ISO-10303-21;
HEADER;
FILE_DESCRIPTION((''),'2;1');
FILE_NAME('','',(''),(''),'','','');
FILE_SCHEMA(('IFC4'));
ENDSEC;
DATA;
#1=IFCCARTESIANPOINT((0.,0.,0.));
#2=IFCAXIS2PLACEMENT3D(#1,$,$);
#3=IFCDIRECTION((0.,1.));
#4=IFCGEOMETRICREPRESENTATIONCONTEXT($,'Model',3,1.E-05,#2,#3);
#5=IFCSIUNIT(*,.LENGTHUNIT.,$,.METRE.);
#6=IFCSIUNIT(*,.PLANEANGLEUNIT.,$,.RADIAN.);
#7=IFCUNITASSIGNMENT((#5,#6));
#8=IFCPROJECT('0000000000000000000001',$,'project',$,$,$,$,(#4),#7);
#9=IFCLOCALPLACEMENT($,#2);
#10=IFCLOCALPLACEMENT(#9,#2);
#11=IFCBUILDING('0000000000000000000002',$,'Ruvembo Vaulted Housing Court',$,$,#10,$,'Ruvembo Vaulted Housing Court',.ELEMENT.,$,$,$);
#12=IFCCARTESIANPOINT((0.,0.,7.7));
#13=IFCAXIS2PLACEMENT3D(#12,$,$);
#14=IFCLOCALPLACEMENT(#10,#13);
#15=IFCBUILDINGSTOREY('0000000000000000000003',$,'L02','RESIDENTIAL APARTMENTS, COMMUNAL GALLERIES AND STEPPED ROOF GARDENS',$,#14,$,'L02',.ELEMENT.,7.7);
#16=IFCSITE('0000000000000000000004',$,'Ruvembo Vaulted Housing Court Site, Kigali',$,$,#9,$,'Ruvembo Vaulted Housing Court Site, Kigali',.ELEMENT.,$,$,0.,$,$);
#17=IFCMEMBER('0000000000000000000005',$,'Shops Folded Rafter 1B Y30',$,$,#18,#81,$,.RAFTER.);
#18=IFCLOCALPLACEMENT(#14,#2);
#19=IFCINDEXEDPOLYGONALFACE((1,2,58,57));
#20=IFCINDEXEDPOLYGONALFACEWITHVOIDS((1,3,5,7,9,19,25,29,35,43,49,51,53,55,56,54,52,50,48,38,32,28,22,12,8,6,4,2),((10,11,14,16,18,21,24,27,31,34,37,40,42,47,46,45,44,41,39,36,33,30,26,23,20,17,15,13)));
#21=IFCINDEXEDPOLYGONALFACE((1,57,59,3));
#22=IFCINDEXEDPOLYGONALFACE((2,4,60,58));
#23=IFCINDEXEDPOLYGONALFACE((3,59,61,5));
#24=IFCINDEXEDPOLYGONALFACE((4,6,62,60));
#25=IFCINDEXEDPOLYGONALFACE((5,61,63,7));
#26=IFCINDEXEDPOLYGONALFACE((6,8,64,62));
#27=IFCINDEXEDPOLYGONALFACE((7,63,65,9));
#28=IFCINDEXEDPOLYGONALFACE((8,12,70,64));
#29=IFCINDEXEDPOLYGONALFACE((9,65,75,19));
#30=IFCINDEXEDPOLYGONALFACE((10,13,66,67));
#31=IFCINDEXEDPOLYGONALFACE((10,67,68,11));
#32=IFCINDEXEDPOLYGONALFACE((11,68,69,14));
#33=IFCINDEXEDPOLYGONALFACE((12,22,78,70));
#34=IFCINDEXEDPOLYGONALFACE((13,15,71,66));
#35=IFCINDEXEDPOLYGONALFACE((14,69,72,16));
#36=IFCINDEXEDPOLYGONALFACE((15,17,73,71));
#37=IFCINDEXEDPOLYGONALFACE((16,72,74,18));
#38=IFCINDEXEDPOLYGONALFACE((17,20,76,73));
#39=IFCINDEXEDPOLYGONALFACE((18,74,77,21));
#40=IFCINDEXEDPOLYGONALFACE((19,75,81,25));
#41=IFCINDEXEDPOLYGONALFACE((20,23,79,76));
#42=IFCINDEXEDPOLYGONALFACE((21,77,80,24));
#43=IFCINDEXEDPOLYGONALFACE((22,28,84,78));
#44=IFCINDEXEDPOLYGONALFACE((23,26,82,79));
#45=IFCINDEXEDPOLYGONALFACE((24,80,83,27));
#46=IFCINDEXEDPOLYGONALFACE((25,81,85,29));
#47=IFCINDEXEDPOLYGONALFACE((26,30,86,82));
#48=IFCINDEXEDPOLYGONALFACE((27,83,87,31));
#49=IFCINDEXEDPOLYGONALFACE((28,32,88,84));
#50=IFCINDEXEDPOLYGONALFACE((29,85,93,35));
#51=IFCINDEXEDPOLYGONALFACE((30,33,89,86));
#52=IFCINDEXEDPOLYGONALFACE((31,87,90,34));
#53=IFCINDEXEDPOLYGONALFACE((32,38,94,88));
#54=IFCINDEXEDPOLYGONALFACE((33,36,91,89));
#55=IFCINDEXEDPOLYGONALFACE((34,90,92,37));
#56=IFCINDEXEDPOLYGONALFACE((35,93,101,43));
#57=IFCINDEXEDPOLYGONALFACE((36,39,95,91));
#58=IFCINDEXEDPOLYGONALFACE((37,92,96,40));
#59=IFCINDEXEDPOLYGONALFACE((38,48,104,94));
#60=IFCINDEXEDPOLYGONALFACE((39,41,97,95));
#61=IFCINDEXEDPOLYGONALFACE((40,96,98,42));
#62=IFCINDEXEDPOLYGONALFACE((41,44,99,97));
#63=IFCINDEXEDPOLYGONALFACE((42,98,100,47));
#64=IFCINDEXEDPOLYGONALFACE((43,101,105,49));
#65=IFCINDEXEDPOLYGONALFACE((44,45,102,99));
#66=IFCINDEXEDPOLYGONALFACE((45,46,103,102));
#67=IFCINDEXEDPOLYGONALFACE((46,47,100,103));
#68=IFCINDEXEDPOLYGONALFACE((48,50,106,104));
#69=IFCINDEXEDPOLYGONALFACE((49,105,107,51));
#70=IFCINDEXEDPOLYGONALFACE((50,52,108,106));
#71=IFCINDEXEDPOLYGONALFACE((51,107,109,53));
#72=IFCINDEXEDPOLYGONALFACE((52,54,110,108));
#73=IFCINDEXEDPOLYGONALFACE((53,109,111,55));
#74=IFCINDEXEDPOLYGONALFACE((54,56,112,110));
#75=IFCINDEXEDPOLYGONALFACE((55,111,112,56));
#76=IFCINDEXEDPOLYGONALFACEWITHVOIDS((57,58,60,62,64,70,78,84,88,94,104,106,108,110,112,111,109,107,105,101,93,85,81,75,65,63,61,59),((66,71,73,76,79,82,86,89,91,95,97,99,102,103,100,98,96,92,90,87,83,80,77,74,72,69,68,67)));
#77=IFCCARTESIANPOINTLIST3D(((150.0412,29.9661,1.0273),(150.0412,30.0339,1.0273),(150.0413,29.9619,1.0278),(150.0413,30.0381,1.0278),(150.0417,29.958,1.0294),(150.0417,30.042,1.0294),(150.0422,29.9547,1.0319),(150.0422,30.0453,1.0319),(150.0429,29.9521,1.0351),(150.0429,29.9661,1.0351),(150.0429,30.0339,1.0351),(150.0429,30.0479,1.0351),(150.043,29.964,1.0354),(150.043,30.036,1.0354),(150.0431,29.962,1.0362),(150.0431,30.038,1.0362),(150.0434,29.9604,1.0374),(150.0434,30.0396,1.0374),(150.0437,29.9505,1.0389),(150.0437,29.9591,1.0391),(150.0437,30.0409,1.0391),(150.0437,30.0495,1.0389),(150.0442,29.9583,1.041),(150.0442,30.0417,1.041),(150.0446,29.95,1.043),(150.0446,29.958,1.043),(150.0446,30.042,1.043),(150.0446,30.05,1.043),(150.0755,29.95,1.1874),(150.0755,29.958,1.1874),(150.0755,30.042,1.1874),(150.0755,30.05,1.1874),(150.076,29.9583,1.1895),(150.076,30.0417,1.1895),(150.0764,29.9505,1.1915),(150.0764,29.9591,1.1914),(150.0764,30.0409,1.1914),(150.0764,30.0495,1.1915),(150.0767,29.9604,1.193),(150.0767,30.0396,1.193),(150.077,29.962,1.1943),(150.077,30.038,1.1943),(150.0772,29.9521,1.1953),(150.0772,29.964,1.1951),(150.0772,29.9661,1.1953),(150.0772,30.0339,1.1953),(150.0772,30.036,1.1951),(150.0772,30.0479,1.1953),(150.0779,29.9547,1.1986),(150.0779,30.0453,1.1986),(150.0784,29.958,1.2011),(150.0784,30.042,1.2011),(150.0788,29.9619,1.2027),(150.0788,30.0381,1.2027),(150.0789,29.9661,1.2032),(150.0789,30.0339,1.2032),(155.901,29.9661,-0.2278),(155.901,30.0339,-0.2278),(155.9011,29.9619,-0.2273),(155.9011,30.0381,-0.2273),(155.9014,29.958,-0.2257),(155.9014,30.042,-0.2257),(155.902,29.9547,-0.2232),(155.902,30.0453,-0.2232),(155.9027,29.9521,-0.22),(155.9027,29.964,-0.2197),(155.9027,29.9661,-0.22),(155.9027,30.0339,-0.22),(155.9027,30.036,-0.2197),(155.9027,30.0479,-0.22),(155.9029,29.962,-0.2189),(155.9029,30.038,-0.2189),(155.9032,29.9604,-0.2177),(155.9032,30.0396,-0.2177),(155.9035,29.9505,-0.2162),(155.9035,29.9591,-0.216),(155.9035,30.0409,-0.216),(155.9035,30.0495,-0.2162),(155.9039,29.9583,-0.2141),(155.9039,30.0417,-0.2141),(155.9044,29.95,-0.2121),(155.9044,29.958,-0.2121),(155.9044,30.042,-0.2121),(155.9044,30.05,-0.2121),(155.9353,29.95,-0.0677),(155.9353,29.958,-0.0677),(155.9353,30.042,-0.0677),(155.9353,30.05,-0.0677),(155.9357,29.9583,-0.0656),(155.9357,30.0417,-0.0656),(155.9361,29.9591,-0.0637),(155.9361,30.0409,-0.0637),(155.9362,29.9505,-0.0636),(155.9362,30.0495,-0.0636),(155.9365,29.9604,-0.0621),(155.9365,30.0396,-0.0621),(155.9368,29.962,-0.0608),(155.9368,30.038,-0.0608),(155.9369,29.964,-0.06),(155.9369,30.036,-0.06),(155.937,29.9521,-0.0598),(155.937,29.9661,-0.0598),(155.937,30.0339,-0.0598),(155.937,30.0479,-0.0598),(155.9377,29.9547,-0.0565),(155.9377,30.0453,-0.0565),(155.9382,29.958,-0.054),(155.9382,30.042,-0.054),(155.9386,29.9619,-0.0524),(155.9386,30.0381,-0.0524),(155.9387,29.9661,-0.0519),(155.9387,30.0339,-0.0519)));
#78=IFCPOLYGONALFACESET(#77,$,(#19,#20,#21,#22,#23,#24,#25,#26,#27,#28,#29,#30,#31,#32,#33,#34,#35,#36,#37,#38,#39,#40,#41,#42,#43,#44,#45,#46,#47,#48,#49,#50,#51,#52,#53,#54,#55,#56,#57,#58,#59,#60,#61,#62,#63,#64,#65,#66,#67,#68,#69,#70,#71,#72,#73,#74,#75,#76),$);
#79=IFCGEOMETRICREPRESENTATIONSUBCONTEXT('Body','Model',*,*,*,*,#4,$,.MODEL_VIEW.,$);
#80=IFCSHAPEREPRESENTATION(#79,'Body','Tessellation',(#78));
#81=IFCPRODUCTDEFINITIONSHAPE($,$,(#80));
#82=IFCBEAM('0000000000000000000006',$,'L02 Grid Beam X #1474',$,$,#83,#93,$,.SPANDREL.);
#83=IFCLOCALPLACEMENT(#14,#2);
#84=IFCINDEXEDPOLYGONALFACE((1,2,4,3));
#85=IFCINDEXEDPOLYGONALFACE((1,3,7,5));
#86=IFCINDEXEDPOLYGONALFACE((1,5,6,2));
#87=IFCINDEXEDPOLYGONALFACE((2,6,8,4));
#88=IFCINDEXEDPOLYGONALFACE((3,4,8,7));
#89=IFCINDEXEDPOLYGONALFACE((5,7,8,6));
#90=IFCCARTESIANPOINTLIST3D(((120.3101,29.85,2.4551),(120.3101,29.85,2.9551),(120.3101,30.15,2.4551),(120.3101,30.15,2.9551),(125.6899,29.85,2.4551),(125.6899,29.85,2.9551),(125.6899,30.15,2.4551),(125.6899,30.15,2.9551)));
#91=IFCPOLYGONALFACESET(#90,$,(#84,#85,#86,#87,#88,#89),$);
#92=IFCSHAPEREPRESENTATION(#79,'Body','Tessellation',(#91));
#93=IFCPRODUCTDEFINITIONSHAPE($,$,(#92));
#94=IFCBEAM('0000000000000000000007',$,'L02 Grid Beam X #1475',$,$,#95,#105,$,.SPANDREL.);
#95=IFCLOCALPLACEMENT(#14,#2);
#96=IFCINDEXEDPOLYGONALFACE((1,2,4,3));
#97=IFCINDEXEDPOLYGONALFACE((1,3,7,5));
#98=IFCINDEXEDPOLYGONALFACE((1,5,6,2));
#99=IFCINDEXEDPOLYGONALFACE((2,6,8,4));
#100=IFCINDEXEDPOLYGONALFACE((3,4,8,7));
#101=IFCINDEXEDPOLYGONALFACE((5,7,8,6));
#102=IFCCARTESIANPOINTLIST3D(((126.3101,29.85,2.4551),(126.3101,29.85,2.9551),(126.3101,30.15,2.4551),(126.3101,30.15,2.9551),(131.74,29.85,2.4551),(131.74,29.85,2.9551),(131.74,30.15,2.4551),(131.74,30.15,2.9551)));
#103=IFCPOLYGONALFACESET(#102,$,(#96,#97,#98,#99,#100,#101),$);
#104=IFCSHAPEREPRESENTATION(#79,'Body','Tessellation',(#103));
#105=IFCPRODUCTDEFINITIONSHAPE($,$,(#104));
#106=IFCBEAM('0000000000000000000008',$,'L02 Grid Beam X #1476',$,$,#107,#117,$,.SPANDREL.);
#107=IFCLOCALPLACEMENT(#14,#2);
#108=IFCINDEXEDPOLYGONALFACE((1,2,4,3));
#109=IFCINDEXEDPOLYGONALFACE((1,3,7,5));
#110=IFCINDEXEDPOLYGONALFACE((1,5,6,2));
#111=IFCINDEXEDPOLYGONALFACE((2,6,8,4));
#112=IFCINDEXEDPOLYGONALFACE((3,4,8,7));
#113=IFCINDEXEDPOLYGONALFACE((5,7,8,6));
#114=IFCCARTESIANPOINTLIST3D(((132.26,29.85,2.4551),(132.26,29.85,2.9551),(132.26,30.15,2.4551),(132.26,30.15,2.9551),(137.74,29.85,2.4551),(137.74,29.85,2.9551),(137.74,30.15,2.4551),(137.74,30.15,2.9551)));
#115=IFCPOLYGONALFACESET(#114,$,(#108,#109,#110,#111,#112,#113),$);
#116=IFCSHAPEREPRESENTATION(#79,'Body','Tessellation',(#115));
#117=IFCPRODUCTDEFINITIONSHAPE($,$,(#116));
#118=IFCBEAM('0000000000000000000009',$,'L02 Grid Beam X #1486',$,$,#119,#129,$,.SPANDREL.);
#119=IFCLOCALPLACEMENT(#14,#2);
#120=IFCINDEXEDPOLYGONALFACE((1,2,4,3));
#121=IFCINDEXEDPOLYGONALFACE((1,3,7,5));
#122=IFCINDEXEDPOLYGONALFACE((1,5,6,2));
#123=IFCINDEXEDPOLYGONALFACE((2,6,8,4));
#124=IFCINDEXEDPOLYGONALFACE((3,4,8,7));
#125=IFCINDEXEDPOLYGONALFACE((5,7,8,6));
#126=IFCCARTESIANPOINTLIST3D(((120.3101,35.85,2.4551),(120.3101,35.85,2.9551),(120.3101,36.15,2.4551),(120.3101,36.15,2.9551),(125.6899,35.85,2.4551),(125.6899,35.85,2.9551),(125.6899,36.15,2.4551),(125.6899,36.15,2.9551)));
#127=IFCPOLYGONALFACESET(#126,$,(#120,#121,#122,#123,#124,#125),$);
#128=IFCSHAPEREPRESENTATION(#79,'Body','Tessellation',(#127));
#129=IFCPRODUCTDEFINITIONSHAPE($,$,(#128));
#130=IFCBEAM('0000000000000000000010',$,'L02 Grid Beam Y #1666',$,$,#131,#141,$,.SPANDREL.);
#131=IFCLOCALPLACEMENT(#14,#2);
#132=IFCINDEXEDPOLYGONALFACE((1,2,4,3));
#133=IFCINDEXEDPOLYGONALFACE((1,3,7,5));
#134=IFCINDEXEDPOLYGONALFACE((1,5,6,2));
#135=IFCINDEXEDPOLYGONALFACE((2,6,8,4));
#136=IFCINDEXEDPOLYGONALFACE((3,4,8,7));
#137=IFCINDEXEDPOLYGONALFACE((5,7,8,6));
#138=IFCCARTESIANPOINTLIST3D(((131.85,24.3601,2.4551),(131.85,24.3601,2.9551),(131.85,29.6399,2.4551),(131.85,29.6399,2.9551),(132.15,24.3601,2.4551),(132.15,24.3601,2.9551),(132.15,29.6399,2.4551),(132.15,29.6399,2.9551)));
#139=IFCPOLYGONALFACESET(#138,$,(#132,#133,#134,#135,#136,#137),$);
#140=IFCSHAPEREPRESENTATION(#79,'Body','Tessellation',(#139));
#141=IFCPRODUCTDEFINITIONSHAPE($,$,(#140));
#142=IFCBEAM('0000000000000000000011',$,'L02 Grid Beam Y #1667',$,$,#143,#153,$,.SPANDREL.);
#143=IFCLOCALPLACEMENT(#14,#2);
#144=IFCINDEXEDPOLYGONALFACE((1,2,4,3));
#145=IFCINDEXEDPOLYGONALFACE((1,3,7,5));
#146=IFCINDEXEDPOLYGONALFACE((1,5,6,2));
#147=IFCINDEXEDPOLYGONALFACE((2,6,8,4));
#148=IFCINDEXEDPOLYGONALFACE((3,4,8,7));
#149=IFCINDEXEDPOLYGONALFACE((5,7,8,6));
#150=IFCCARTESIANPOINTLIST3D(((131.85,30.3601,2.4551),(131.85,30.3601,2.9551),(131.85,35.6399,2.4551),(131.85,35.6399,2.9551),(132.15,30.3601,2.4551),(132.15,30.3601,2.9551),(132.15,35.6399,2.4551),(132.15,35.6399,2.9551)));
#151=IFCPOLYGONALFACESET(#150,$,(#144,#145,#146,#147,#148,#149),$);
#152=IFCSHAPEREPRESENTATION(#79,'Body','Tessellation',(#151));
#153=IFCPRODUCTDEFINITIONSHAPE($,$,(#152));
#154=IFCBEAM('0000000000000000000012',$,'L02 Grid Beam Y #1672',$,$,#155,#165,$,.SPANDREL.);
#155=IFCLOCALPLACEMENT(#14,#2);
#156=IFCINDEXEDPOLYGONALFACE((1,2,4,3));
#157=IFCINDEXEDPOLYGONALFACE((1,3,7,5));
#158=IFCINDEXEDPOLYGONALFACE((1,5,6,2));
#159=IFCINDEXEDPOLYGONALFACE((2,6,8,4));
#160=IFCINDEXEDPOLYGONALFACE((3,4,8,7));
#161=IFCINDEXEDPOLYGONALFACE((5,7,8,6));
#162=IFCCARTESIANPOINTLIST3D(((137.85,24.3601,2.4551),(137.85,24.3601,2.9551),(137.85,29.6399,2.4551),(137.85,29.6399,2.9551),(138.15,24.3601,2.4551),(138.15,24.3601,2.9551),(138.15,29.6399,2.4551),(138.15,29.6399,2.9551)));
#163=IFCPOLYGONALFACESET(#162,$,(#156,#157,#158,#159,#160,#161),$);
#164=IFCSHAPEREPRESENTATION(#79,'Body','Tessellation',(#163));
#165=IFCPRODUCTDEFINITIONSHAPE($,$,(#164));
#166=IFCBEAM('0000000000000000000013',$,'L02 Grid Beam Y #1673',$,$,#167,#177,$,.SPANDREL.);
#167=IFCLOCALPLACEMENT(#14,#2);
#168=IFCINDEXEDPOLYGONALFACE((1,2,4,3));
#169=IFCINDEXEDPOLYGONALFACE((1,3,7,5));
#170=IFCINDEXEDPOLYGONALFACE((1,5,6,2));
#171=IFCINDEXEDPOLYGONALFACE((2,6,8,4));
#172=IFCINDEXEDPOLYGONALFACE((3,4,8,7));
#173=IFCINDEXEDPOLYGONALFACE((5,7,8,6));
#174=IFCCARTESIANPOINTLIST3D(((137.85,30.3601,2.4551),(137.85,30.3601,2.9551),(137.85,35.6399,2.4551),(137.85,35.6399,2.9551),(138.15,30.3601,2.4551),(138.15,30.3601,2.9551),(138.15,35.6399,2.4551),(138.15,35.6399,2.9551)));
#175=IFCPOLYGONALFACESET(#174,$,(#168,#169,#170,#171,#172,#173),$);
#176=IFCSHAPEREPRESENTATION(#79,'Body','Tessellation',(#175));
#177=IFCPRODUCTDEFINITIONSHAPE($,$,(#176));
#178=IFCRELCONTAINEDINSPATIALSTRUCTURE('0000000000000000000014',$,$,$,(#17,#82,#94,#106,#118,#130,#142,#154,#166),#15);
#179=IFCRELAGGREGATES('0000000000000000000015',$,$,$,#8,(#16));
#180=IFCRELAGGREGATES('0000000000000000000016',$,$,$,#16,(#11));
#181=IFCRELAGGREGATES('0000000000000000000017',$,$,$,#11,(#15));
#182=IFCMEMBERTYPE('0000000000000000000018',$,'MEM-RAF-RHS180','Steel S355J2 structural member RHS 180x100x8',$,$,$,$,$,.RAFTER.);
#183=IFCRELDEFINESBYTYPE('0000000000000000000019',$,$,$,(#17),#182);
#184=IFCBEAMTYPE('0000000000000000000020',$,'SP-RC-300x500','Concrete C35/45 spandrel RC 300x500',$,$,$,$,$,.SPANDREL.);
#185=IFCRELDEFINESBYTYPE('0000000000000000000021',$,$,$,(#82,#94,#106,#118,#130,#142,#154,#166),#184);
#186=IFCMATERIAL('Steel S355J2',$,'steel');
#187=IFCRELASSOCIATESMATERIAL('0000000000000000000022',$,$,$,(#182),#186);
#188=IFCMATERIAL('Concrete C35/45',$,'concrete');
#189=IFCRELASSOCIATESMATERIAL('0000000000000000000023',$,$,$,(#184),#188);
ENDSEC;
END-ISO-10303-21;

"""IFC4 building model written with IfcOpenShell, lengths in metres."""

from ifc_helpers import new_model, si_unit, direction, frame, origin, origin_2d, place, context, subcontext, project, spatial, rectangle, hollow_rectangle, extrude, material, material_profile, profile_set, type_object, element, save


model = new_model("IFC4")

# Units and contexts
model_context = context("Model", 3, precision=1e-05, world=origin(), true_north=direction((0.0, 1.0)))
body_context = subcontext(model_context, "Body", "Model", "MODEL_VIEW")
ifc_project = project(units=[si_unit("LENGTHUNIT", "METRE"), si_unit("PLANEANGLEUNIT", "RADIAN")], contexts=[model_context])

# Site, building, storey
site_placement = place(None, origin())
site = spatial("IfcSite", under=ifc_project, at=site_placement, Name="Ruvembo Vaulted Housing Court Site, Kigali", LongName="Ruvembo Vaulted Housing Court Site, Kigali", CompositionType="ELEMENT", RefElevation=0.0)
building_placement = place(site_placement, origin())
building = spatial("IfcBuilding", under=site, at=building_placement, Name="Ruvembo Vaulted Housing Court", LongName="Ruvembo Vaulted Housing Court", CompositionType="ELEMENT")
storey_placement = place(building_placement, frame((0.0, 0.0, 7.7)))
storey = spatial("IfcBuildingStorey", under=building, at=storey_placement, Name="L02", Description="RESIDENTIAL APARTMENTS, COMMUNAL GALLERIES AND STEPPED ROOF GARDENS", LongName="L02", CompositionType="ELEMENT", Elevation=7.7)

# Shared definitions
ifc_material_1 = material(Name="Concrete C35/45", Category="concrete")

# Member
ifc_material_2 = material(Name="Steel S355J2", Category="steel")
ifc_material_profile_1 = material_profile(ifc_material_2, hollow_rectangle(XDim=0.1001, YDim=0.1799, WallThickness=0.0081, InnerFilletRadius=0.0081, OuterFilletRadius=0.0161, at=origin_2d()), Name="RHS 180x100x8")
ifc_profile_set_1 = profile_set([ifc_material_profile_1], Name="Steel S355J2")
member_type = type_object("IfcMemberType", Name="MEM-RAF-RHS180", Description="Steel S355J2 structural member RHS 180x100x8", PredefinedType="RAFTER", material=ifc_profile_set_1)
for number, where, z_axis, x_axis, name in (
    (1, (150.0601, 30.0, 1.1152), (0.977821, 0.0, -0.20944), (0.0, 1.0, 0.0), "Shops Folded Rafter 1B Y30"),
):
    element("IfcMember", number, at=place(storey_placement, frame(where, z_axis=z_axis, x_axis=x_axis)), inside=storey, type_object=member_type, Name=name, PredefinedType="RAFTER", context=body_context, shape_type="SweptSolid", body=[
        extrude(hollow_rectangle(XDim=0.1001, YDim=0.1799, WallThickness=0.0081, InnerFilletRadius=0.0081, OuterFilletRadius=0.0161, at=origin_2d()), origin(), (0.0, 0.0, 1.0), 5.9927),
    ])

# Beams
ifc_material_profile_2 = material_profile(ifc_material_1, rectangle(XDim=0.3, YDim=0.5, at=origin_2d()), Name="RC 300x500")
ifc_profile_set_2 = profile_set([ifc_material_profile_2], Name="Concrete C35/45")
beam_type_1 = type_object("IfcBeamType", Name="SP-RC-300x500", Description="Concrete C35/45 spandrel RC 300x500", PredefinedType="SPANDREL", material=ifc_profile_set_2)
beam_1_placement = place(storey_placement, frame((120.3101, 30.0, 2.7051), z_axis=(1.0, 0.0, 0.0), x_axis=(0.0, 1.0, 0.0)))
element("IfcBeam", 2, at=beam_1_placement, inside=storey, type_object=beam_type_1, Name="L02 Grid Beam X #1474", PredefinedType="SPANDREL", context=body_context, shape_type="SweptSolid", body=[
    extrude(rectangle(XDim=0.3, YDim=0.5, at=origin_2d()), origin(), (0.0, 0.0, 1.0), 5.3799),
])
beam_2_placement = place(storey_placement, frame((126.3101, 30.0, 2.7051), z_axis=(1.0, 0.0, 0.0), x_axis=(0.0, 1.0, 0.0)))
element("IfcBeam", 3, at=beam_2_placement, inside=storey, type_object=beam_type_1, Name="L02 Grid Beam X #1475", PredefinedType="SPANDREL", context=body_context, shape_type="SweptSolid", body=[
    extrude(rectangle(XDim=0.3, YDim=0.5, at=origin_2d()), origin(), (0.0, 0.0, 1.0), 5.4299),
])
beam_3_placement = place(storey_placement, frame((132.26, 30.0, 2.7051), z_axis=(1.0, 0.0, 0.0), x_axis=(0.0, 1.0, 0.0)))
element("IfcBeam", 4, at=beam_3_placement, inside=storey, type_object=beam_type_1, Name="L02 Grid Beam X #1476", PredefinedType="SPANDREL", context=body_context, shape_type="SweptSolid", body=[
    extrude(rectangle(XDim=0.3, YDim=0.5, at=origin_2d()), origin(), (0.0, 0.0, 1.0), 5.48),
])
beam_4_placement = place(storey_placement, frame((120.3101, 36.0, 2.7051), z_axis=(1.0, 0.0, 0.0), x_axis=(0.0, 1.0, 0.0)))
element("IfcBeam", 5, at=beam_4_placement, inside=storey, type_object=beam_type_1, Name="L02 Grid Beam X #1486", PredefinedType="SPANDREL", context=body_context, shape_type="SweptSolid", body=[
    extrude(rectangle(XDim=0.3, YDim=0.5, at=origin_2d()), origin(), (0.0, 0.0, 1.0), 5.3799),
])
for number, where, z_axis, x_axis, name in (
    (6, (132.0, 24.3601, 2.7051), (0.0, 1.0, 0.0), (-1.0, 0.0, 0.0), "L02 Grid Beam Y #1666"),
    (7, (132.0, 30.3601, 2.7051), (0.0, 1.0, 0.0), (-1.0, 0.0, 0.0), "L02 Grid Beam Y #1667"),
    (8, (138.0, 24.3601, 2.7051), (0.0, 1.0, 0.0), (-1.0, 0.0, 0.0), "L02 Grid Beam Y #1672"),
    (9, (138.0, 30.3601, 2.7051), (0.0, 1.0, 0.0), (-1.0, 0.0, 0.0), "L02 Grid Beam Y #1673"),
):
    element("IfcBeam", number, at=place(storey_placement, frame(where, z_axis=z_axis, x_axis=x_axis)), inside=storey, type_object=beam_type_1, Name=name, PredefinedType="SPANDREL", context=body_context, shape_type="SweptSolid", body=[
        extrude(rectangle(XDim=0.3, YDim=0.5, at=origin_2d()), origin(), (0.0, 0.0, 1.0), 5.2798),
    ])

save(model, "model.ifc")
